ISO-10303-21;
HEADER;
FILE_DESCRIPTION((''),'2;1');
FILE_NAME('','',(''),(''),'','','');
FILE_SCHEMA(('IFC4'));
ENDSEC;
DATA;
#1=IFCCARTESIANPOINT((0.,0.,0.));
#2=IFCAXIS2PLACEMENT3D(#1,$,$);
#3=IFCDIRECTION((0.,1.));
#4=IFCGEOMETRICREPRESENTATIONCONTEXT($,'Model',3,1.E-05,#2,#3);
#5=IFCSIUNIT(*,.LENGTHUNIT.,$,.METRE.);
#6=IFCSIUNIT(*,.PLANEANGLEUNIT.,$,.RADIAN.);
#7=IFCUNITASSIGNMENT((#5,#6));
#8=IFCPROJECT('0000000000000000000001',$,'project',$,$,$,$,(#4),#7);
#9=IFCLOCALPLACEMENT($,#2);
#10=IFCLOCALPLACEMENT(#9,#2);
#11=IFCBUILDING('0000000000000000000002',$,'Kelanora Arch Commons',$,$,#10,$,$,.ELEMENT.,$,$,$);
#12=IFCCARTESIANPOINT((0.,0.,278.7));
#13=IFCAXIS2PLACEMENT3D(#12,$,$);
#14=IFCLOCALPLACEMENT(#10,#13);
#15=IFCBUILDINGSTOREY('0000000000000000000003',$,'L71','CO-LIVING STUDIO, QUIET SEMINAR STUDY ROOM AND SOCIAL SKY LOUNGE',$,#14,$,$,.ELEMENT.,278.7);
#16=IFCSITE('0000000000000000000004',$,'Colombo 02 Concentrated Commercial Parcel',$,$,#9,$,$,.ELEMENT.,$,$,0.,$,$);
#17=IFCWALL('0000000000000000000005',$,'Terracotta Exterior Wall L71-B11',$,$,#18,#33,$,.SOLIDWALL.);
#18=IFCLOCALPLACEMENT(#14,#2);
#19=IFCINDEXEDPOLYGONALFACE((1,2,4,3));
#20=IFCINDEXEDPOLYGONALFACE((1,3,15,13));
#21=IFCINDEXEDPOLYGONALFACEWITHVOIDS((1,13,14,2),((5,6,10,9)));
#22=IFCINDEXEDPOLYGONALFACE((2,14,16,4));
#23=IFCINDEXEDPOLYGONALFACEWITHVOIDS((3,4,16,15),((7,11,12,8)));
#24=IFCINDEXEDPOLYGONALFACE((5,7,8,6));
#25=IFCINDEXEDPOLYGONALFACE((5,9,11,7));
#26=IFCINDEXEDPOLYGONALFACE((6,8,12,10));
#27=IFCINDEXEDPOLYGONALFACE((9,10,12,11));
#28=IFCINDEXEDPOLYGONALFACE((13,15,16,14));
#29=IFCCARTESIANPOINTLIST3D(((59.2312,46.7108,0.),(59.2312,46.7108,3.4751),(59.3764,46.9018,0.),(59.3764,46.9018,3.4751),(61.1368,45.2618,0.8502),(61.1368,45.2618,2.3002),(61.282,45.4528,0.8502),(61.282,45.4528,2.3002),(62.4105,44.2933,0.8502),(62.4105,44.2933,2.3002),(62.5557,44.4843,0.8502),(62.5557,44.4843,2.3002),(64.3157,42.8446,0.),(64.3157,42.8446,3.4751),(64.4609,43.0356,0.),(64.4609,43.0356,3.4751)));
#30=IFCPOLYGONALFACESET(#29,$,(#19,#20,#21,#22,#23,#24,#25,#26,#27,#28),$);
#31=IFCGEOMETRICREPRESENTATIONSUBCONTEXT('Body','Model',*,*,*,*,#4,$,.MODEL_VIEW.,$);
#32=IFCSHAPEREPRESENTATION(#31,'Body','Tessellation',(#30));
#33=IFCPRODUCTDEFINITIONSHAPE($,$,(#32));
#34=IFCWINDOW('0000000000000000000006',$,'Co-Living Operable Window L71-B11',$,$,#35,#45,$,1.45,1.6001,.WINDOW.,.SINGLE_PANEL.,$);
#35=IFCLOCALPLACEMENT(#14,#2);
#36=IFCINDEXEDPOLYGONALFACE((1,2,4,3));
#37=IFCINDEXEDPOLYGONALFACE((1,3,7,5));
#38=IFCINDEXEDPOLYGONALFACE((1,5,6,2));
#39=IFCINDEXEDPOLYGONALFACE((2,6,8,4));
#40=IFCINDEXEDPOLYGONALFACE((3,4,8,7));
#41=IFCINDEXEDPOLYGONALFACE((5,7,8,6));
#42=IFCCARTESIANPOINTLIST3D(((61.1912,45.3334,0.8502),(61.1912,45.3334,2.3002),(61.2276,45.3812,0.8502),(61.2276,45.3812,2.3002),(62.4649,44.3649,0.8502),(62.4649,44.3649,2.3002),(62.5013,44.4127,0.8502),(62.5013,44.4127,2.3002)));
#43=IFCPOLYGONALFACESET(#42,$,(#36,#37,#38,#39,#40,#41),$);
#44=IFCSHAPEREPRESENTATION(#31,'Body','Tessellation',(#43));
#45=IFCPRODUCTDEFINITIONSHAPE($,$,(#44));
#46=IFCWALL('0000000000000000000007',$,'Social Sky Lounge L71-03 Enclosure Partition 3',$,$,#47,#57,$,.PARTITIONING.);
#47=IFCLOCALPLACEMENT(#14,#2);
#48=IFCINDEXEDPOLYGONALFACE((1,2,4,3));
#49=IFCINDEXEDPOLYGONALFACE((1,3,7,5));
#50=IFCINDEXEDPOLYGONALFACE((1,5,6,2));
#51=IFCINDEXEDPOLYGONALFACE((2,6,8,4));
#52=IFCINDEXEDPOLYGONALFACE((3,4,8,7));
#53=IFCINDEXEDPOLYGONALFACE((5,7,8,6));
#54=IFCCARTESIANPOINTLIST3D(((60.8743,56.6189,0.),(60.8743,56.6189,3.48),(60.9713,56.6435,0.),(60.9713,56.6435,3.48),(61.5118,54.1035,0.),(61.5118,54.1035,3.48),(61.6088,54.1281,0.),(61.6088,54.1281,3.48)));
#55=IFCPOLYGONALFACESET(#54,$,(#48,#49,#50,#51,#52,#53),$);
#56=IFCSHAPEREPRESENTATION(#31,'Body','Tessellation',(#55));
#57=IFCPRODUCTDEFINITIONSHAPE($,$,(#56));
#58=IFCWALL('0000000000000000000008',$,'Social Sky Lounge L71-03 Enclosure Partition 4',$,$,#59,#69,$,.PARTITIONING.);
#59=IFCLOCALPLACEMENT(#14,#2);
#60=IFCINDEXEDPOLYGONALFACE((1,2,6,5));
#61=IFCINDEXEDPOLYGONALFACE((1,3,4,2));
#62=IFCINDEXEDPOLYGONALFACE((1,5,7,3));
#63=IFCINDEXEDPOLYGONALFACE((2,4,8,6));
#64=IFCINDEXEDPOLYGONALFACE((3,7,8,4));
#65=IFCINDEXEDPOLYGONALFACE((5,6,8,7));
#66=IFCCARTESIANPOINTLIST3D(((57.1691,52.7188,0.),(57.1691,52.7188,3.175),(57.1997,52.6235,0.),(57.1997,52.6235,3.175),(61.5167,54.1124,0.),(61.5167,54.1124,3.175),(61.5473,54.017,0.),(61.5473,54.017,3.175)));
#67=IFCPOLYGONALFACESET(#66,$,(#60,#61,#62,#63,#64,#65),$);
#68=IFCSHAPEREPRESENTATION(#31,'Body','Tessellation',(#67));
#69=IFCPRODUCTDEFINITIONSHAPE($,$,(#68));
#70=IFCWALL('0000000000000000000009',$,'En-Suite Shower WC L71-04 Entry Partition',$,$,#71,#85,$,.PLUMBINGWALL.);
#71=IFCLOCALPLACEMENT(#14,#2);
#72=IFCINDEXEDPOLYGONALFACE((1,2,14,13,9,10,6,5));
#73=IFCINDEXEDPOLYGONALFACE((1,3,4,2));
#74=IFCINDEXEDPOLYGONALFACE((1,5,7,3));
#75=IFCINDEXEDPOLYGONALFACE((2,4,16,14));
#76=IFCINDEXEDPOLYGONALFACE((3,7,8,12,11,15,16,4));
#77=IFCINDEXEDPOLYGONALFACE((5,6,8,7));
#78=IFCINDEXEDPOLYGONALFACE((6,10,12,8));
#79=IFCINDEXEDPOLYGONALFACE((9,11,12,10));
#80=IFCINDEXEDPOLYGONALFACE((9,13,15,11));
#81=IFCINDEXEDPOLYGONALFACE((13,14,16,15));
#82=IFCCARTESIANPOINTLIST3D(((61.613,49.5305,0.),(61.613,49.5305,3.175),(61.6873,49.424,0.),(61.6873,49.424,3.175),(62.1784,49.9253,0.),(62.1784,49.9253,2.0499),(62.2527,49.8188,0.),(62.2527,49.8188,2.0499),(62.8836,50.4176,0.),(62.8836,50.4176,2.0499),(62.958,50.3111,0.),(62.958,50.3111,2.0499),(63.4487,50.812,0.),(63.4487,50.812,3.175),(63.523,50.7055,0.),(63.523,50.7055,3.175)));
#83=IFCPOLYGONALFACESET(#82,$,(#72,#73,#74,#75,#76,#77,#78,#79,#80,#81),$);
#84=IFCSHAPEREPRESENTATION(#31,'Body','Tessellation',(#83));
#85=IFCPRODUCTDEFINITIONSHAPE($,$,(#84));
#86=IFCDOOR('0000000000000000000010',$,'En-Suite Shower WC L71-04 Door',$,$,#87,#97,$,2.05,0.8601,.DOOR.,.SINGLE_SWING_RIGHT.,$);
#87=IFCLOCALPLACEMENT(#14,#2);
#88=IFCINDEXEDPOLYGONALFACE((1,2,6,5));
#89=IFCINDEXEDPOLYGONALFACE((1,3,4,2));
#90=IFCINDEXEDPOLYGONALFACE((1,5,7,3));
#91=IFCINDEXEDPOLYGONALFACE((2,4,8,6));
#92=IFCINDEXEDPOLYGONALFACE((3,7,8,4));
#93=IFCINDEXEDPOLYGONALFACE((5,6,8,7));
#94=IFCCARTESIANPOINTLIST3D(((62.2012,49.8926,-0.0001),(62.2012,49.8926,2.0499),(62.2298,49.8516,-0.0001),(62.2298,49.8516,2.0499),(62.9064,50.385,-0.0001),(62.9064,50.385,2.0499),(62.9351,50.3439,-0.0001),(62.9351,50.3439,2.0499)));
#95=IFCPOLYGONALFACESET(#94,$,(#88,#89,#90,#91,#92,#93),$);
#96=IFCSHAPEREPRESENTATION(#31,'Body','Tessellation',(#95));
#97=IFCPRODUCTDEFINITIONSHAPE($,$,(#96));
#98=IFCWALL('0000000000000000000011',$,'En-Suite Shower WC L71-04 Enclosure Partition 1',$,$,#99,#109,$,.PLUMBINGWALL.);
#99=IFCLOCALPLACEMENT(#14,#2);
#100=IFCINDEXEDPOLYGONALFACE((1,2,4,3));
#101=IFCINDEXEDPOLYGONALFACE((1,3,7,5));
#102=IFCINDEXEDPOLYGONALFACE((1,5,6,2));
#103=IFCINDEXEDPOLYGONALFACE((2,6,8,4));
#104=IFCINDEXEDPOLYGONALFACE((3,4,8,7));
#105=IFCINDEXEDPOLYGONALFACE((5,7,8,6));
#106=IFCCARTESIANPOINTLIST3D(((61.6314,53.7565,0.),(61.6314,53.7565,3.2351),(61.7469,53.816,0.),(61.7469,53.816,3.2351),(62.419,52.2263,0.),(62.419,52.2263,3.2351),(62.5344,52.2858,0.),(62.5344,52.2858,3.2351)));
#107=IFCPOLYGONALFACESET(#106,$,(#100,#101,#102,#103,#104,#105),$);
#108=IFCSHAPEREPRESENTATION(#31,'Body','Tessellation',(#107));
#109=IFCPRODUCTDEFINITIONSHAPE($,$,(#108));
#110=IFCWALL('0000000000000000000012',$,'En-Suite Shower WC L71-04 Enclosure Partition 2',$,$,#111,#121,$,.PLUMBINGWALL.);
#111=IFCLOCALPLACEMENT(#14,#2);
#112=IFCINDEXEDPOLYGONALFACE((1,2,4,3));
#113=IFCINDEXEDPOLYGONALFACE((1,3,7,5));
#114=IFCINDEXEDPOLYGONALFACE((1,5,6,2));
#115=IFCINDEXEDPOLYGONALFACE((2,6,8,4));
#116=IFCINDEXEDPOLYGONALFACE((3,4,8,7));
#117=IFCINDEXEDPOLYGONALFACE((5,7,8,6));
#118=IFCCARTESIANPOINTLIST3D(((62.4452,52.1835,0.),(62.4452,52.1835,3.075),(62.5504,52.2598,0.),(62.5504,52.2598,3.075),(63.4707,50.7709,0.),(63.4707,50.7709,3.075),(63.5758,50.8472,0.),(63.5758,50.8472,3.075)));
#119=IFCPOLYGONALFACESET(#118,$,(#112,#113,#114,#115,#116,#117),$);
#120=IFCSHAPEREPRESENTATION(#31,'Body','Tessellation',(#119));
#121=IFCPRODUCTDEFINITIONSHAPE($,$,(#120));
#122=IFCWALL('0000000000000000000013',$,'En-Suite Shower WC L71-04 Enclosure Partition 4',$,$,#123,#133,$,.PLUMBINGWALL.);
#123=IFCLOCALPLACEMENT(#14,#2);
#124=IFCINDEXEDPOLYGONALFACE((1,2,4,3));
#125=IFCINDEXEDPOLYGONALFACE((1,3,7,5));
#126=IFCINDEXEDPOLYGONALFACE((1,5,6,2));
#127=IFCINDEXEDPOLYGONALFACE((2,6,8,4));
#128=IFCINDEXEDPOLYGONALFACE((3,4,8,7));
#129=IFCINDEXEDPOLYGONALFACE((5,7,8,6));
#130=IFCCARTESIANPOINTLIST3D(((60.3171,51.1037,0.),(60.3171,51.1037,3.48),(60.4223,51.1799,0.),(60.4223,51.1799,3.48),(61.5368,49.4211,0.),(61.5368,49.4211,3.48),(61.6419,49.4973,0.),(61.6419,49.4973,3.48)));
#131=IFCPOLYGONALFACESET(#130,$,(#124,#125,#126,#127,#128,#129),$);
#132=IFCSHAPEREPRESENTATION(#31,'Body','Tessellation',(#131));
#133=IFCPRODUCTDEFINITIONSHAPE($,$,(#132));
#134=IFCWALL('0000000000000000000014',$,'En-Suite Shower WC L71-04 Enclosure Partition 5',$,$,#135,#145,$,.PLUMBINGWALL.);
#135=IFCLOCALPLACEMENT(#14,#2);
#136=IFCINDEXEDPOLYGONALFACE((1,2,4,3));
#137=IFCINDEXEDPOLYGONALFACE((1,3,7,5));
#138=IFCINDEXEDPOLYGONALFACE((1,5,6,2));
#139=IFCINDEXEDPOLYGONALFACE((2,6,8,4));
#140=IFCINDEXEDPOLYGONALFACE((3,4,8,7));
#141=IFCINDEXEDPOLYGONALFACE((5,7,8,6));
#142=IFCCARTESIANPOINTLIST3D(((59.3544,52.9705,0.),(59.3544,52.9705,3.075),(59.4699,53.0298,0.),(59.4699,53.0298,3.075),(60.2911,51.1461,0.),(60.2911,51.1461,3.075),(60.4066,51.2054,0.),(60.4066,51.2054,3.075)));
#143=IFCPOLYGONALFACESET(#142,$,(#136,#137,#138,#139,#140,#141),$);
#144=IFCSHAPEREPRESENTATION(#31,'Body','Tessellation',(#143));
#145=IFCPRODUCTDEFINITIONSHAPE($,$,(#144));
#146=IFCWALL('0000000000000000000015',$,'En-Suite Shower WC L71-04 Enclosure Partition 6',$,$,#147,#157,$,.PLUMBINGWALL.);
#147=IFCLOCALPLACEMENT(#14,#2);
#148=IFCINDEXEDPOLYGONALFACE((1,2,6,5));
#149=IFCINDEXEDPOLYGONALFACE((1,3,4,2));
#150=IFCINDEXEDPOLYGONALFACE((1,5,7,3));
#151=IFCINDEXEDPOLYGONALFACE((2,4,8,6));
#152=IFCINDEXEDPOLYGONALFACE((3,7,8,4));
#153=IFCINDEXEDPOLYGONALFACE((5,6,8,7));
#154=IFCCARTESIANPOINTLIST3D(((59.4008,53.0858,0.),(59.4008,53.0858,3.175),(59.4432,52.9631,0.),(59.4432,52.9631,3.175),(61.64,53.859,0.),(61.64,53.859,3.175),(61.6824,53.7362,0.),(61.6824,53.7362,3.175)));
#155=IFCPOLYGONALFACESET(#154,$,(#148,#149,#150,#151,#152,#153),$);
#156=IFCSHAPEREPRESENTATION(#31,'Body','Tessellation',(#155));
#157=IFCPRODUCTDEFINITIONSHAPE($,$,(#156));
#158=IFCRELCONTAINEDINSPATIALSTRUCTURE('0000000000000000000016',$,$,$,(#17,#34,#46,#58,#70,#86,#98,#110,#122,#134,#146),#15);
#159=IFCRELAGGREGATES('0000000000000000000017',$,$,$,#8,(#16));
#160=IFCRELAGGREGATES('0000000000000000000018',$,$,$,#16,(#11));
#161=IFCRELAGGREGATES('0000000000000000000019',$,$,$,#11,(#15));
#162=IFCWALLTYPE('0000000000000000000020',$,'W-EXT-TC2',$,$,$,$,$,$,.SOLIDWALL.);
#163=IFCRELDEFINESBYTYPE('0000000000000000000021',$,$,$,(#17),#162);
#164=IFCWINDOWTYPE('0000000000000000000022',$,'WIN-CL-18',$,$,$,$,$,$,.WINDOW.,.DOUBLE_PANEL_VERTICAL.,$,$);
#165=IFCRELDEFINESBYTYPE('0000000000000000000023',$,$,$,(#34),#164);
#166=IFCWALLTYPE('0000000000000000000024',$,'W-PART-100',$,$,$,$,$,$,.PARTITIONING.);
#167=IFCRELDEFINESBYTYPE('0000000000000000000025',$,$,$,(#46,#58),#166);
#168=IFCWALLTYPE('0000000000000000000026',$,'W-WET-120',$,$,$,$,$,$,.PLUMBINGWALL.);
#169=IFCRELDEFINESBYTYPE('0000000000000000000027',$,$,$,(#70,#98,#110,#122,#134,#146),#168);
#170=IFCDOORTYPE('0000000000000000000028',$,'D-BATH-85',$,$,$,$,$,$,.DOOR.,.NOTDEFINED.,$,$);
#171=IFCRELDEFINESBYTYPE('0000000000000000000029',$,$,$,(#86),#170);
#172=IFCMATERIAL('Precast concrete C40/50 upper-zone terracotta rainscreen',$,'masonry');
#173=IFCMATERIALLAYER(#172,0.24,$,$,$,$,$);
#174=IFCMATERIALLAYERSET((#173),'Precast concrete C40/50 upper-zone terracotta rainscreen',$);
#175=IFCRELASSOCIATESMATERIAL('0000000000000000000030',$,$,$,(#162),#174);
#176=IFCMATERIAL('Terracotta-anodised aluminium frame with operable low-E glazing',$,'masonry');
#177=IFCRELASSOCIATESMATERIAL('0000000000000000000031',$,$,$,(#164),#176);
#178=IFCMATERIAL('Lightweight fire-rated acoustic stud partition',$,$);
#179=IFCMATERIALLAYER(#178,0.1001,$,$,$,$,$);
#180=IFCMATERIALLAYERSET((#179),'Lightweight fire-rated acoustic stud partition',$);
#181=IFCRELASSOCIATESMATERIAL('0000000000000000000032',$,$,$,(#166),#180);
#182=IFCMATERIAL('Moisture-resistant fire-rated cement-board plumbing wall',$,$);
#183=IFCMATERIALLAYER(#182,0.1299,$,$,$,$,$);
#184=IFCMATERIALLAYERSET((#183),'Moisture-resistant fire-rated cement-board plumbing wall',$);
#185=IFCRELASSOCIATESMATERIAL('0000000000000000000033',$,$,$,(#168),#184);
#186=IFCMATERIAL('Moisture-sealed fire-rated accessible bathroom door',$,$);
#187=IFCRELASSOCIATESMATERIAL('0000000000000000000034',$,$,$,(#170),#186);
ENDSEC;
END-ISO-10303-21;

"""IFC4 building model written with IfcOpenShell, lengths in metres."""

from ifc_helpers import new_model, si_unit, direction, frame, frame_2d, origin, place, context, subcontext, project, spatial, rectangle, extrude, material, layer, layer_set, type_object, element, fill, save


model = new_model("IFC4")

# Units and contexts
model_context = context("Model", 3, precision=1e-05, world=origin(), true_north=direction((0.0, 1.0)))
body_context = subcontext(model_context, "Body", "Model", "MODEL_VIEW")
ifc_project = project(units=[si_unit("LENGTHUNIT", "METRE"), si_unit("PLANEANGLEUNIT", "RADIAN")], contexts=[model_context])

# Site, building, storey
site_placement = place(None, origin())
site = spatial("IfcSite", under=ifc_project, at=site_placement, Name="Colombo 02 Concentrated Commercial Parcel", CompositionType="ELEMENT", RefElevation=0.0)
building_placement = place(site_placement, origin())
building = spatial("IfcBuilding", under=site, at=building_placement, Name="Kelanora Arch Commons", CompositionType="ELEMENT")
storey_placement = place(building_placement, frame((0.0, 0.0, 278.7)))
storey = spatial("IfcBuildingStorey", under=building, at=storey_placement, Name="L71", Description="CO-LIVING STUDIO, QUIET SEMINAR STUDY ROOM AND SOCIAL SKY LOUNGE", CompositionType="ELEMENT", Elevation=278.7)

# Wall, opening, window
ifc_material_1 = material(Name="Precast concrete C40/50 upper-zone terracotta rainscreen", Category="masonry")
ifc_layer_1 = layer(ifc_material_1, 0.24)
ifc_layer_set_1 = layer_set([ifc_layer_1], Name="Precast concrete C40/50 upper-zone terracotta rainscreen")
wall_type_1 = type_object("IfcWallType", Name="W-EXT-TC2", PredefinedType="SOLIDWALL", material=ifc_layer_set_1)
wall_1_placement = place(storey_placement, frame((59.3037, 46.8064, 0.0), z_axis=(0.0, 0.0, 1.0), x_axis=(0.79601, -0.605283, 0.0)))
wall_1 = element("IfcWall", 1, at=wall_1_placement, inside=storey, type_object=wall_type_1, Name="Terracotta Exterior Wall L71-B11", PredefinedType="SOLIDWALL", context=body_context, shape_type="SweptSolid", body=[
    extrude(rectangle(XDim=6.3875, YDim=0.24, at=frame_2d((3.1938, 0.0))), origin(), (0.0, 0.0, 1.0), 3.4751),
])
opening_1_placement = place(wall_1_placement, frame((2.394, 0.0, 0.8501)))
opening_1 = element("IfcOpeningElement", 2, at=opening_1_placement, cuts=wall_1, PredefinedType="OPENING", context=body_context, shape_type="SweptSolid", body=[
    extrude(rectangle(XDim=1.6001, YDim=1.45, at=frame_2d((0.8, 0.7251))), frame((0.0, 0.1299, 0.0), z_axis=(0.0, -1.0, 0.0), x_axis=(1.0, 0.0, 0.0)), (0.0, 0.0, 1.0), 0.26),
])
ifc_material_2 = material(Name="Terracotta-anodised aluminium frame with operable low-E glazing", Category="masonry")
window_type = type_object("IfcWindowType", Name="WIN-CL-18", PartitioningType="DOUBLE_PANEL_VERTICAL", PredefinedType="WINDOW", material=ifc_material_2)
window_placement = place(opening_1_placement, origin())
window = element("IfcWindow", 3, at=window_placement, inside=storey, type_object=window_type, Name="Co-Living Operable Window L71-B11", OverallHeight=1.45, OverallWidth=1.6001, PartitioningType="SINGLE_PANEL", PredefinedType="WINDOW", context=body_context, shape_type="SweptSolid", body=[
    extrude(rectangle(XDim=1.6001, YDim=1.45, at=frame_2d((0.8, 0.7251))), frame((0.0, 0.03, 0.0), z_axis=(0.0, -1.0, 0.0), x_axis=(1.0, 0.0, 0.0)), (0.0, 0.0, 1.0), 0.0601),
])
fill(opening_1, window)

# Walls
ifc_material_3 = material(Name="Lightweight fire-rated acoustic stud partition")
ifc_layer_2 = layer(ifc_material_3, 0.1001)
ifc_layer_set_2 = layer_set([ifc_layer_2], Name="Lightweight fire-rated acoustic stud partition")
wall_type_2 = type_object("IfcWallType", Name="W-PART-100", PredefinedType="PARTITIONING", material=ifc_layer_set_2)
wall_2_placement = place(storey_placement, frame((60.9229, 56.6311, 0.0), z_axis=(0.0, 0.0, 1.0), x_axis=(0.245656, -0.969357, 0.0)))
element("IfcWall", 4, at=wall_2_placement, inside=storey, type_object=wall_type_2, Name="Social Sky Lounge L71-03 Enclosure Partition 3", PredefinedType="PARTITIONING", context=body_context, shape_type="SweptSolid", body=[
    extrude(rectangle(XDim=2.595, YDim=0.1001, at=frame_2d((1.2974, 0.0))), origin(), (0.0, 0.0, 1.0), 3.48),
])
wall_3_placement = place(storey_placement, frame((61.532, 54.0647, 0.0), z_axis=(0.0, 0.0, 1.0), x_axis=(-0.952278, -0.305234, 0.0)))
element("IfcWall", 5, at=wall_3_placement, inside=storey, type_object=wall_type_2, Name="Social Sky Lounge L71-03 Enclosure Partition 4", PredefinedType="PARTITIONING", context=body_context, shape_type="SweptSolid", body=[
    extrude(rectangle(XDim=4.5654, YDim=0.1001, at=frame_2d((2.2827, 0.0))), origin(), (0.0, 0.0, 1.0), 3.175),
])

# Wall, opening, door
ifc_material_4 = material(Name="Moisture-resistant fire-rated cement-board plumbing wall")
ifc_layer_3 = layer(ifc_material_4, 0.1299)
ifc_layer_set_3 = layer_set([ifc_layer_3], Name="Moisture-resistant fire-rated cement-board plumbing wall")
wall_type_3 = type_object("IfcWallType", Name="W-WET-120", PredefinedType="PLUMBINGWALL", material=ifc_layer_set_3)
wall_4_placement = place(storey_placement, frame((63.4858, 50.7588, 0.0), z_axis=(0.0, 0.0, 1.0), x_axis=(-0.819964, -0.572415, 0.0)))
wall_4 = element("IfcWall", 6, at=wall_4_placement, inside=storey, type_object=wall_type_3, Name="En-Suite Shower WC L71-04 Entry Partition", PredefinedType="PLUMBINGWALL", context=body_context, shape_type="SweptSolid", body=[
    extrude(rectangle(XDim=2.2388, YDim=0.1299, at=frame_2d((1.1194, 0.0))), origin(), (0.0, 0.0, 1.0), 3.175),
])
opening_2_placement = place(wall_4_placement, frame((0.689, 0.0, 0.0)))
opening_2 = element("IfcOpeningElement", 7, at=opening_2_placement, cuts=wall_4, PredefinedType="OPENING", context=body_context, shape_type="SweptSolid", body=[
    extrude(rectangle(XDim=0.8601, YDim=2.05, at=frame_2d((0.4302, 1.0249))), frame((0.0, 0.075, 0.0), z_axis=(0.0, -1.0, 0.0), x_axis=(1.0, 0.0, 0.0)), (0.0, 0.0, 1.0), 0.1499),
])
ifc_material_5 = material(Name="Moisture-sealed fire-rated accessible bathroom door")
door_type = type_object("IfcDoorType", Name="D-BATH-85", OperationType="NOTDEFINED", PredefinedType="DOOR", material=ifc_material_5)
door_placement = place(opening_2_placement, origin())
door = element("IfcDoor", 8, at=door_placement, inside=storey, type_object=door_type, Name="En-Suite Shower WC L71-04 Door", OperationType="SINGLE_SWING_RIGHT", OverallHeight=2.05, OverallWidth=0.8601, PredefinedType="DOOR", context=body_context, shape_type="SweptSolid", body=[
    extrude(rectangle(XDim=0.8601, YDim=2.05, at=frame_2d((0.4302, 1.0249))), frame((0.0, 0.0249, 0.0), z_axis=(0.0, -1.0, 0.0), x_axis=(1.0, 0.0, 0.0)), (0.0, 0.0, 1.0), 0.05),
])
fill(opening_2, door)

# Walls
wall_5_placement = place(storey_placement, frame((61.6892, 53.7861, 0.0), z_axis=(0.0, 0.0, 1.0), x_axis=(0.457624, -0.889146, 0.0)))
element("IfcWall", 9, at=wall_5_placement, inside=storey, type_object=wall_type_3, Name="En-Suite Shower WC L71-04 Enclosure Partition 1", PredefinedType="PLUMBINGWALL", context=body_context, shape_type="SweptSolid", body=[
    extrude(rectangle(XDim=1.7209, YDim=0.1299, at=frame_2d((0.8604, 0.0))), origin(), (0.0, 0.0, 1.0), 3.2351),
])
wall_6_placement = place(storey_placement, frame((62.4978, 52.2217, 0.0), z_axis=(0.0, 0.0, 1.0), x_axis=(0.58744, -0.809268, 0.0)))
element("IfcWall", 10, at=wall_6_placement, inside=storey, type_object=wall_type_3, Name="En-Suite Shower WC L71-04 Enclosure Partition 2", PredefinedType="PLUMBINGWALL", context=body_context, shape_type="SweptSolid", body=[
    extrude(rectangle(XDim=1.7456, YDim=0.1299, at=frame_2d((0.8728, 0.0))), origin(), (0.0, 0.0, 1.0), 3.075),
])
wall_7_placement = place(storey_placement, frame((61.5894, 49.4592, 0.0), z_axis=(0.0, 0.0, 1.0), x_axis=(-0.586914, 0.80965, 0.0)))
element("IfcWall", 11, at=wall_7_placement, inside=storey, type_object=wall_type_3, Name="En-Suite Shower WC L71-04 Enclosure Partition 4", PredefinedType="PLUMBINGWALL", context=body_context, shape_type="SweptSolid", body=[
    extrude(rectangle(XDim=2.0781, YDim=0.1299, at=frame_2d((1.0391, 0.0))), origin(), (0.0, 0.0, 1.0), 3.48),
])
wall_8_placement = place(storey_placement, frame((60.3489, 51.1758, 0.0), z_axis=(0.0, 0.0, 1.0), x_axis=(-0.456759, 0.889591, 0.0)))
element("IfcWall", 12, at=wall_8_placement, inside=storey, type_object=wall_type_3, Name="En-Suite Shower WC L71-04 Enclosure Partition 5", PredefinedType="PLUMBINGWALL", context=body_context, shape_type="SweptSolid", body=[
    extrude(rectangle(XDim=2.0508, YDim=0.1299, at=frame_2d((1.0254, 0.0))), origin(), (0.0, 0.0, 1.0), 3.075),
])
wall_9_placement = place(storey_placement, frame((59.4219, 53.0244, 0.0), z_axis=(0.0, 0.0, 1.0), x_axis=(0.945238, 0.326381, 0.0)))
element("IfcWall", 13, at=wall_9_placement, inside=storey, type_object=wall_type_3, Name="En-Suite Shower WC L71-04 Enclosure Partition 6", PredefinedType="PLUMBINGWALL", context=body_context, shape_type="SweptSolid", body=[
    extrude(rectangle(XDim=2.3689, YDim=0.1299, at=frame_2d((1.1846, 0.0))), origin(), (0.0, 0.0, 1.0), 3.175),
])

save(model, "model.ifc")
